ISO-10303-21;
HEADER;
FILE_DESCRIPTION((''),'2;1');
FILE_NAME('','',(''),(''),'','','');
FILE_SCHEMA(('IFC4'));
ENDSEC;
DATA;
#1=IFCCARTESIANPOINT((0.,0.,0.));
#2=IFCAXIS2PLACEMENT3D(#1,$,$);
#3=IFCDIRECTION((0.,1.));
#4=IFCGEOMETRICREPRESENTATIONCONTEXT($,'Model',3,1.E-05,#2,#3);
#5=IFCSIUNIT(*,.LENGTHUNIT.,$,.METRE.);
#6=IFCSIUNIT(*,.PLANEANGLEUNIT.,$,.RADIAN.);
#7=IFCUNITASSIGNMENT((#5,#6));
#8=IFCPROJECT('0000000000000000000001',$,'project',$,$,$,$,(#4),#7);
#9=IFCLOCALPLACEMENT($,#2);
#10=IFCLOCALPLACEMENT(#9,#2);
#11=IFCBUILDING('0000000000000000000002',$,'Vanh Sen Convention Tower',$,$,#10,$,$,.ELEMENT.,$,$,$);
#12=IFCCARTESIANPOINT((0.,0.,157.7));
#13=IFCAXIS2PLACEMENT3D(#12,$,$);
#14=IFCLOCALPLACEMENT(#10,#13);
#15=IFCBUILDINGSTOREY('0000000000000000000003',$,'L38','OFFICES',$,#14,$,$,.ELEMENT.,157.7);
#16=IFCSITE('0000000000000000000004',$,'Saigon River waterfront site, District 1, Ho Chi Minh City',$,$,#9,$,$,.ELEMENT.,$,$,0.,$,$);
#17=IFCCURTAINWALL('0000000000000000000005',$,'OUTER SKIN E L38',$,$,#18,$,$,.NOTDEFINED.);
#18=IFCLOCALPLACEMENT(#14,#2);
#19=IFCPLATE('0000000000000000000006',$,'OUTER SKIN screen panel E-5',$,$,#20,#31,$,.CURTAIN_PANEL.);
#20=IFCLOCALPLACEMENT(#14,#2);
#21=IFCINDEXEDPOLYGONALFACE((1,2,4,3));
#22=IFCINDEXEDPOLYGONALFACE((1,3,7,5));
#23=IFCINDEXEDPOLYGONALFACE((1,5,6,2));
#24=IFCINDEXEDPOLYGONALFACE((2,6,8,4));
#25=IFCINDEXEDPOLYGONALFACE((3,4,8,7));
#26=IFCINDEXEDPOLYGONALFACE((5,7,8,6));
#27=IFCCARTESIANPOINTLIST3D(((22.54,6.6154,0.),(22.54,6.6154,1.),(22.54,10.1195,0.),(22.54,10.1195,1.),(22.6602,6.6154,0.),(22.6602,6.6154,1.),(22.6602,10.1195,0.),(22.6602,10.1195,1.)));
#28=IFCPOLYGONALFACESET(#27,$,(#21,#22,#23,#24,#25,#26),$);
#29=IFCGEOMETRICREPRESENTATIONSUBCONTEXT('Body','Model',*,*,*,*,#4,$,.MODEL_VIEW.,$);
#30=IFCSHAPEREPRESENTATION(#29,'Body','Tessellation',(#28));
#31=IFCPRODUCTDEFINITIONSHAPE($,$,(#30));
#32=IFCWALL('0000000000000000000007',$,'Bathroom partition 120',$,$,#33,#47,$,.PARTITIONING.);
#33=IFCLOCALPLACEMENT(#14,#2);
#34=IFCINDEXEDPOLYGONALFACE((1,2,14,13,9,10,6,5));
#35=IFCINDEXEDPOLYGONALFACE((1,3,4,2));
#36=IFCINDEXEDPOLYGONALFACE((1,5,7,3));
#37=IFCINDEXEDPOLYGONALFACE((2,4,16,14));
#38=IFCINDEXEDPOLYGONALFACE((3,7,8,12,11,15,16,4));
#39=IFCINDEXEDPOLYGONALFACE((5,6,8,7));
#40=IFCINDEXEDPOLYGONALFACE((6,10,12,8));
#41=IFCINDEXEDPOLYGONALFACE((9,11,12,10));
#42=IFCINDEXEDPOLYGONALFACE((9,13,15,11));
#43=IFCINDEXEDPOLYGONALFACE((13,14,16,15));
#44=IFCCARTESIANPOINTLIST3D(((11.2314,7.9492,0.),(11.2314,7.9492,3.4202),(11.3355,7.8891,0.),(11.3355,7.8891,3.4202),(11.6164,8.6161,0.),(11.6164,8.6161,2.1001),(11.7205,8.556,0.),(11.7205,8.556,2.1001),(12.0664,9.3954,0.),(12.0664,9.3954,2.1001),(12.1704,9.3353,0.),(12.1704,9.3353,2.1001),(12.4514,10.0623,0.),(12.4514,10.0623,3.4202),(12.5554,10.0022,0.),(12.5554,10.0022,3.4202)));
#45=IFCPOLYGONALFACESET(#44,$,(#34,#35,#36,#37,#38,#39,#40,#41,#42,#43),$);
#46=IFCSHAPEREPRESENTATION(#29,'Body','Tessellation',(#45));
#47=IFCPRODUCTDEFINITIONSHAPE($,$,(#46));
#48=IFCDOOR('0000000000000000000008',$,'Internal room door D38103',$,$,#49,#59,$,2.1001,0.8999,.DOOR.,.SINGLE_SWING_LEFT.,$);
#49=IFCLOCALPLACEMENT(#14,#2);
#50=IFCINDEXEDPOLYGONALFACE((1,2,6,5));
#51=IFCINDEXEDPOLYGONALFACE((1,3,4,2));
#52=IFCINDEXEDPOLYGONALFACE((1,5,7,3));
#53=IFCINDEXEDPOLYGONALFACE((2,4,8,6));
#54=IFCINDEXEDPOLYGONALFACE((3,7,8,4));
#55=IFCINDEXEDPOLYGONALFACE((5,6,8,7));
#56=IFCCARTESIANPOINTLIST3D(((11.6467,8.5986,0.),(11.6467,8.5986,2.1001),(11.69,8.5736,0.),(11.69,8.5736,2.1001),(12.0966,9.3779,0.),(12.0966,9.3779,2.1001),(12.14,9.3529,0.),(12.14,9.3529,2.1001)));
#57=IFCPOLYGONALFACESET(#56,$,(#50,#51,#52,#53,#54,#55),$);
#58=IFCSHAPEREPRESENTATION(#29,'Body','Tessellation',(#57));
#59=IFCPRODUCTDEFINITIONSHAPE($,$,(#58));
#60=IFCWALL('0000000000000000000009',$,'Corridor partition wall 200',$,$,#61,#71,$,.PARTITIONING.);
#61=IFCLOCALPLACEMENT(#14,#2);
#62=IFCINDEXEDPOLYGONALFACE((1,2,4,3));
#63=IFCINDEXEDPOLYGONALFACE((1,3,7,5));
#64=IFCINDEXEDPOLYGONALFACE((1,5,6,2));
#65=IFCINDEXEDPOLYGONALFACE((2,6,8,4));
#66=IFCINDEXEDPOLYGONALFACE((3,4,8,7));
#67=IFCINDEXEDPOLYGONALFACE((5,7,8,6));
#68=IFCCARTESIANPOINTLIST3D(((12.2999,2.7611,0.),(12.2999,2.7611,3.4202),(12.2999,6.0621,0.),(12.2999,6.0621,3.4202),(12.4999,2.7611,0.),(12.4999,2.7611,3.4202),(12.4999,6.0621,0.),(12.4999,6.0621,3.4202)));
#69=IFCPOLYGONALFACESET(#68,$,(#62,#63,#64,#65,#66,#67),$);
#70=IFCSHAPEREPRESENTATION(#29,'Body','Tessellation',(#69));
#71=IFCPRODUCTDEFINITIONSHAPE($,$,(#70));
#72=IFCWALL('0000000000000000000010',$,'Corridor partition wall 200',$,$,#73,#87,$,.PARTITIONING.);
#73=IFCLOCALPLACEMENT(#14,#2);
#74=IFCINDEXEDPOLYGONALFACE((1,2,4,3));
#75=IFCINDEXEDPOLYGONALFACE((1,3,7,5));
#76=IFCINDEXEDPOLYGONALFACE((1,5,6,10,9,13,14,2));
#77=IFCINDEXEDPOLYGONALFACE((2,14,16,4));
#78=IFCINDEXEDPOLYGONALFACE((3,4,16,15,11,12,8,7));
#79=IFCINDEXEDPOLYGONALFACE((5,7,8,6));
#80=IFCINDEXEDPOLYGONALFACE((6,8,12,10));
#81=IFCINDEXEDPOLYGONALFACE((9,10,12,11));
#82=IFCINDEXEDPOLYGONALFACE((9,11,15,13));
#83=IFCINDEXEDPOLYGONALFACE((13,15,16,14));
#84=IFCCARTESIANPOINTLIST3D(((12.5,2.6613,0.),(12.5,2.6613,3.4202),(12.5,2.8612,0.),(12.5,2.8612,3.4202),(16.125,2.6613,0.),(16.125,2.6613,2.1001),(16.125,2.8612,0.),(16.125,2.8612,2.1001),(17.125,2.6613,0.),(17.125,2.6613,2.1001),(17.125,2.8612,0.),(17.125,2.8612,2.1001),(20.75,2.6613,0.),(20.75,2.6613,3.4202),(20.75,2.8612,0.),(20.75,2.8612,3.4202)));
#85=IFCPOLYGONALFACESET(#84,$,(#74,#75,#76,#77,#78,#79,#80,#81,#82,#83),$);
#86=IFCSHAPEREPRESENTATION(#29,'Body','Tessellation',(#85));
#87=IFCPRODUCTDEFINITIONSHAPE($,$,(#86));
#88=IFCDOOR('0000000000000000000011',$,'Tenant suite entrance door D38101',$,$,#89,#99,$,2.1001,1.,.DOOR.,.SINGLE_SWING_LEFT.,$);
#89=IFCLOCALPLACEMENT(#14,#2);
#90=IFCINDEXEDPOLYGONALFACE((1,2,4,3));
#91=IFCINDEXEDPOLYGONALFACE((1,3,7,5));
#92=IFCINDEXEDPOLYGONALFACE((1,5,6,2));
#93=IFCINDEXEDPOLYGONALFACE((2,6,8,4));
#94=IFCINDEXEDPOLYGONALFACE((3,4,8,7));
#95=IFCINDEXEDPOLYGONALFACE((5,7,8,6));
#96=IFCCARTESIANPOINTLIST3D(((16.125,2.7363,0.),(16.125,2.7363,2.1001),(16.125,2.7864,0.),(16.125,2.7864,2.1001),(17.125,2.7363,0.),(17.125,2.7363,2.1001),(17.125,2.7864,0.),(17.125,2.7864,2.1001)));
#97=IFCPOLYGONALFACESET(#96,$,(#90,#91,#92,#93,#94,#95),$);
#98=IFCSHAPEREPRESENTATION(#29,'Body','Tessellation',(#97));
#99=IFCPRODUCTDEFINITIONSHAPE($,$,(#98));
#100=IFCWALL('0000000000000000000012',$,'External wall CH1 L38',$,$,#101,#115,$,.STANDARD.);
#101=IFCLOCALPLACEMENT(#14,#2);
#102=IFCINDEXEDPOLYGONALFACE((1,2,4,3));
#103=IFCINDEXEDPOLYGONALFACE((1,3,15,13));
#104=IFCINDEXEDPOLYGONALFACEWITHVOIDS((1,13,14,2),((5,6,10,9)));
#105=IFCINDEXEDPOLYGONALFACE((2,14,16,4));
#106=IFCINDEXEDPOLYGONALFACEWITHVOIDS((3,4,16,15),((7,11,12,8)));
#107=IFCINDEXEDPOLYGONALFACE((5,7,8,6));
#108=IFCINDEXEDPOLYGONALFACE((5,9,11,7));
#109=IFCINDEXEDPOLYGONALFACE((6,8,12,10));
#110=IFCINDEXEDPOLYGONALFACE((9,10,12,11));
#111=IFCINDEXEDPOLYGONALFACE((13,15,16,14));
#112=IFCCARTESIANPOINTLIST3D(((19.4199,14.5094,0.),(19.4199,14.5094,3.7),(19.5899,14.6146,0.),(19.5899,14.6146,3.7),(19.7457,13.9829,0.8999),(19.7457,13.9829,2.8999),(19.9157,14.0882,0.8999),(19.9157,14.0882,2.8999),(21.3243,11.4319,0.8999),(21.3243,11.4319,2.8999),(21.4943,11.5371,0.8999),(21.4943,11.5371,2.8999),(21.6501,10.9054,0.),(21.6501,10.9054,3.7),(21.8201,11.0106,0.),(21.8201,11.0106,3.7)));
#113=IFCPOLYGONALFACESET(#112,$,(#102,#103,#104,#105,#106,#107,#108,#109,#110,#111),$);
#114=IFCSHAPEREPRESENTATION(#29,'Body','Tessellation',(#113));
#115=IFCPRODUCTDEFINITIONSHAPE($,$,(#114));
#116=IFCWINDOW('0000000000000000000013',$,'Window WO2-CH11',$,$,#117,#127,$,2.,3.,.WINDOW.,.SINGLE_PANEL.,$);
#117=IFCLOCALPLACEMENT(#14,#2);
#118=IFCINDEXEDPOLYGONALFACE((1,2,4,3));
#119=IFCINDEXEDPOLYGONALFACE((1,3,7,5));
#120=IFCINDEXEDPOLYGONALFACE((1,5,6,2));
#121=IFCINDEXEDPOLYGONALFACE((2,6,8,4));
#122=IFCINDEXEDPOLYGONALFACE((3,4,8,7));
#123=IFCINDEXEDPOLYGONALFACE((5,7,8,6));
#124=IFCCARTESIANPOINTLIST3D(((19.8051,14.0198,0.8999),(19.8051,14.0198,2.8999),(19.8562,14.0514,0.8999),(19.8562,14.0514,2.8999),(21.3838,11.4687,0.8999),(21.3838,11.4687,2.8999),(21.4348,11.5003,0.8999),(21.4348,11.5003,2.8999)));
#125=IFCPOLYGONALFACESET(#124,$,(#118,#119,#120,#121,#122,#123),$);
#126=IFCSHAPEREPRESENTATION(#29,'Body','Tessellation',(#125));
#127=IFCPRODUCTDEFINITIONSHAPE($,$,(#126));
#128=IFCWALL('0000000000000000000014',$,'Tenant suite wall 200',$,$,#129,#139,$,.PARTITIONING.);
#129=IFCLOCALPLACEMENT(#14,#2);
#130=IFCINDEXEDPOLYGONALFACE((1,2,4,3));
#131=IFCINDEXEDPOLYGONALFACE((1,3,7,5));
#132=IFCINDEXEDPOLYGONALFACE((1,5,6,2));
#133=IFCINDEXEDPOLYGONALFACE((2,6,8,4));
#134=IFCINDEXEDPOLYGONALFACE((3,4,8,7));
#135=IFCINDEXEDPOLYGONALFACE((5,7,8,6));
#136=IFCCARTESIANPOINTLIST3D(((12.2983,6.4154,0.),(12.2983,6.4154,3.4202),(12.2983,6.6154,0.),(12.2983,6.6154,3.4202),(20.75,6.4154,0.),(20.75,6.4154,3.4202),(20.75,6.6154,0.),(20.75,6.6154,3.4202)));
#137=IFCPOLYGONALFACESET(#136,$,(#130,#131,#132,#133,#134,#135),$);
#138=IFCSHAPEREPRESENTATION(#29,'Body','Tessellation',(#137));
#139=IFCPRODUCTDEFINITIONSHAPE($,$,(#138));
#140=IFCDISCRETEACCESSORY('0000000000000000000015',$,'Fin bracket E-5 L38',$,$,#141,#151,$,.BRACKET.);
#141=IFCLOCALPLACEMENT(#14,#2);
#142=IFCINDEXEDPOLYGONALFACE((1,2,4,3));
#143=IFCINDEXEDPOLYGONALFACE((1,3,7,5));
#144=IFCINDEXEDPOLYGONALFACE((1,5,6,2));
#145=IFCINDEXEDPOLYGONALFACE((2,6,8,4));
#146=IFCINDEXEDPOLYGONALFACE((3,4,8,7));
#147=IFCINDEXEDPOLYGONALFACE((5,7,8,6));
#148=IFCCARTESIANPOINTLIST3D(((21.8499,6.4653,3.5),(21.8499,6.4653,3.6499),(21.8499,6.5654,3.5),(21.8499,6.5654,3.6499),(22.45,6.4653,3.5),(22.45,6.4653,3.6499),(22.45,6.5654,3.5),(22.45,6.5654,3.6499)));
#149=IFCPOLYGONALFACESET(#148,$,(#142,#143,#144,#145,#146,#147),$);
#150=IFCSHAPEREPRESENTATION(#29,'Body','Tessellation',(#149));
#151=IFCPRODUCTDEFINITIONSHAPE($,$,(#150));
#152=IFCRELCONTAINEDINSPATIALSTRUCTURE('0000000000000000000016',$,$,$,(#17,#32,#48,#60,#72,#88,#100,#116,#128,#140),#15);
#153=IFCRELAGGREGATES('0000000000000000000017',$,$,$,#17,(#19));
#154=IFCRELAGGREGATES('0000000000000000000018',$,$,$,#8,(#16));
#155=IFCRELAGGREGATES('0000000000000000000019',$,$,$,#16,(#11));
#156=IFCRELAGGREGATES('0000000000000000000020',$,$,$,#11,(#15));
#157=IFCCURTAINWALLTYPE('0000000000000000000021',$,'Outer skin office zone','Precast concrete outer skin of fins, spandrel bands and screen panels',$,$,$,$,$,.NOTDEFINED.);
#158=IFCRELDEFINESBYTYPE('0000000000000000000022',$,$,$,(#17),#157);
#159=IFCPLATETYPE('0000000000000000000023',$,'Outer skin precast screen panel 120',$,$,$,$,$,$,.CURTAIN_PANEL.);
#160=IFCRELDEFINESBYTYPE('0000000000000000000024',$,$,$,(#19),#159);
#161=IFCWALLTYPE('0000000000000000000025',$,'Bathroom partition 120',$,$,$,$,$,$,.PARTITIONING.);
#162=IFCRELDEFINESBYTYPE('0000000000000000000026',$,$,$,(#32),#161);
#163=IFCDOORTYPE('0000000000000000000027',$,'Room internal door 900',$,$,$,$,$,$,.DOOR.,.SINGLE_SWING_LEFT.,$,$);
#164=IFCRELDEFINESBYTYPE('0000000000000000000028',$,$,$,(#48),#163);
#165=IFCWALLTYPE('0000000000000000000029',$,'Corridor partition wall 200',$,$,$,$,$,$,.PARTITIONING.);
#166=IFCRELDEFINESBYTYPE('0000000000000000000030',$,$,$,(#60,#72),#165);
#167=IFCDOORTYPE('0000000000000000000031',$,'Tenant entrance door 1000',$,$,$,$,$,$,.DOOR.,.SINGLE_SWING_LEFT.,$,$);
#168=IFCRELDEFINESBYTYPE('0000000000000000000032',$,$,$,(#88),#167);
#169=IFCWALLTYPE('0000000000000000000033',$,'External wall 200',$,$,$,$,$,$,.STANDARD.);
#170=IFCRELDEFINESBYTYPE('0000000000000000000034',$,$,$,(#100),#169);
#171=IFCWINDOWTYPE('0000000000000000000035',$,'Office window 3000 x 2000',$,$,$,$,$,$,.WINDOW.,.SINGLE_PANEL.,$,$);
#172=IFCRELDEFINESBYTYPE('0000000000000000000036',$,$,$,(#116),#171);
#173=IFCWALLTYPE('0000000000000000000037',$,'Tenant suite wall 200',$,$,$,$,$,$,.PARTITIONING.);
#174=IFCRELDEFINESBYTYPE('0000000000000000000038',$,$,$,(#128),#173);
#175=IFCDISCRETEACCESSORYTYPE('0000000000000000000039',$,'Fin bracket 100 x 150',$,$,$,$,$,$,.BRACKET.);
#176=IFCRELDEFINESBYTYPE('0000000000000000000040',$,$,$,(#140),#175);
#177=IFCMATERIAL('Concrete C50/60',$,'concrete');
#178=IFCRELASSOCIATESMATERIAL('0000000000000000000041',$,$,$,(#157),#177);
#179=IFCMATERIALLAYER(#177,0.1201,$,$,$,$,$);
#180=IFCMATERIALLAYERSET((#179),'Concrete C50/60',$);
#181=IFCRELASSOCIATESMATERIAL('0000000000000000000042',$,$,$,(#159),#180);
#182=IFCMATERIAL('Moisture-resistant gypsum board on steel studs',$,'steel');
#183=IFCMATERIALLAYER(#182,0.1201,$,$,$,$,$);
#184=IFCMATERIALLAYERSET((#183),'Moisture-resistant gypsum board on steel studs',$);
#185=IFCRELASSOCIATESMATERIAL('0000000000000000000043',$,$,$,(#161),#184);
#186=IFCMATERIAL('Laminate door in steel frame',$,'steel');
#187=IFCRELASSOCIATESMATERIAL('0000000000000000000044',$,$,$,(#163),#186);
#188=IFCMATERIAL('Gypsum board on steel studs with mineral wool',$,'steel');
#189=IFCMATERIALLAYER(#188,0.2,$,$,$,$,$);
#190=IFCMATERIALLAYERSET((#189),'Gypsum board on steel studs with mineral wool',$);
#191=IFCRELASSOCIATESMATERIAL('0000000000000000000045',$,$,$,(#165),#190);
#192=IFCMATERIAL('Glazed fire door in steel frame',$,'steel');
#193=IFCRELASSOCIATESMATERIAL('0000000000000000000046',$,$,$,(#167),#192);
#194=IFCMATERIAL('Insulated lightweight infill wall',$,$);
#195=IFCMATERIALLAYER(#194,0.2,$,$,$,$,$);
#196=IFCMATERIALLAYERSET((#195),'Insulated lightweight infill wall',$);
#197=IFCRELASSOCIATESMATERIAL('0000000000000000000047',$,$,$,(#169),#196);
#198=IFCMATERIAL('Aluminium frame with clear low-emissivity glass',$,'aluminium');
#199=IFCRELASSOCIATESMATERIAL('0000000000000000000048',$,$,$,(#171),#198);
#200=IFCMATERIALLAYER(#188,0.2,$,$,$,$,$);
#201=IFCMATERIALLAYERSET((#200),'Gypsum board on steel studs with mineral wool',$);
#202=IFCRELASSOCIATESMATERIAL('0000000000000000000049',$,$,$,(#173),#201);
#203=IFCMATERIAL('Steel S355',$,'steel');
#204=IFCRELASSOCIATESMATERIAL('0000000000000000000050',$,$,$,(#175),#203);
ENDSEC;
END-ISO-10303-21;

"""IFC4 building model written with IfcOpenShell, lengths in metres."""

from ifc_helpers import new_model, si_unit, direction, frame, frame_2d, origin, origin_2d, place, context, subcontext, project, spatial, rectangle, extrude, material, layer, layer_set, type_object, element, fill, aggregate, save


model = new_model("IFC4")

# Units and contexts
model_context = context("Model", 3, precision=1e-05, world=origin(), true_north=direction((0.0, 1.0)))
body_context = subcontext(model_context, "Body", "Model", "MODEL_VIEW")
ifc_project = project(units=[si_unit("LENGTHUNIT", "METRE"), si_unit("PLANEANGLEUNIT", "RADIAN")], contexts=[model_context])

# Site, building, storey
site_placement = place(None, origin())
site = spatial("IfcSite", under=ifc_project, at=site_placement, Name="Saigon River waterfront site, District 1, Ho Chi Minh City", CompositionType="ELEMENT", RefElevation=0.0)
building_placement = place(site_placement, origin())
building = spatial("IfcBuilding", under=site, at=building_placement, Name="Vanh Sen Convention Tower", CompositionType="ELEMENT")
storey_placement = place(building_placement, frame((0.0, 0.0, 157.7)))
storey = spatial("IfcBuildingStorey", under=building, at=storey_placement, Name="L38", Description="OFFICES", CompositionType="ELEMENT", Elevation=157.7)

# Curtain wall
ifc_material_1 = material(Name="Concrete C50/60", Category="concrete")
curtain_wall_type = type_object("IfcCurtainWallType", Name="Outer skin office zone", Description="Precast concrete outer skin of fins, spandrel bands and screen panels", PredefinedType="NOTDEFINED", material=ifc_material_1)
curtain_wall_1_placement = place(storey_placement, origin())
curtain_wall_1 = element("IfcCurtainWall", 1, at=curtain_wall_1_placement, inside=storey, type_object=curtain_wall_type, Name="OUTER SKIN E L38", PredefinedType="NOTDEFINED")

# Plate
ifc_layer_1 = layer(ifc_material_1, 0.1201)
ifc_layer_set_1 = layer_set([ifc_layer_1], Name="Concrete C50/60")
plate_type = type_object("IfcPlateType", Name="Outer skin precast screen panel 120", PredefinedType="CURTAIN_PANEL", material=ifc_layer_set_1)
plate_1_placement = place(storey_placement, frame((22.6001, 8.3674, 0.0), z_axis=(0.0, 0.0, 1.0), x_axis=(0.0, 1.0, 0.0)))
plate_1 = element("IfcPlate", 2, at=plate_1_placement, type_object=plate_type, Name="OUTER SKIN screen panel E-5", PredefinedType="CURTAIN_PANEL", context=body_context, shape_type="SweptSolid", body=[
    extrude(rectangle(XDim=3.5042, YDim=0.1201, at=origin_2d()), origin(), (0.0, 0.0, 1.0), 1.0),
])
aggregate(curtain_wall_1, [plate_1])

# Wall, opening, door
ifc_material_2 = material(Name="Moisture-resistant gypsum board on steel studs", Category="steel")
ifc_layer_2 = layer(ifc_material_2, 0.1201)
ifc_layer_set_2 = layer_set([ifc_layer_2], Name="Moisture-resistant gypsum board on steel studs")
wall_type_1 = type_object("IfcWallType", Name="Bathroom partition 120", PredefinedType="PARTITIONING", material=ifc_layer_set_2)
wall_1_placement = place(storey_placement, frame((12.5034, 10.0322, 0.0), z_axis=(0.0, 0.0, 1.0), x_axis=(-0.500003, -0.866024, 0.0)))
wall_1 = element("IfcWall", 3, at=wall_1_placement, inside=storey, type_object=wall_type_1, Name="Bathroom partition 120", PredefinedType="PARTITIONING", context=body_context, shape_type="SweptSolid", body=[
    extrude(rectangle(XDim=2.4399, YDim=0.1201, at=frame_2d((1.22, 0.0))), origin(), (0.0, 0.0, 1.0), 3.4202),
])
opening_1_placement = place(wall_1_placement, frame((0.77, 0.0, 0.0)))
opening_1 = element("IfcOpeningElement", 4, at=opening_1_placement, cuts=wall_1, PredefinedType="OPENING", context=body_context, shape_type="SweptSolid", body=[
    extrude(rectangle(XDim=0.8999, YDim=2.1001, at=frame_2d((0.45, 1.05))), frame((0.0, 0.0701, 0.0), z_axis=(0.0, -1.0, 0.0), x_axis=(1.0, 0.0, 0.0)), (0.0, 0.0, 1.0), 0.1401),
])
ifc_material_3 = material(Name="Laminate door in steel frame", Category="steel")
door_type_1 = type_object("IfcDoorType", Name="Room internal door 900", OperationType="SINGLE_SWING_LEFT", PredefinedType="DOOR", material=ifc_material_3)
door_1_placement = place(opening_1_placement, origin())
door_1 = element("IfcDoor", 5, at=door_1_placement, inside=storey, type_object=door_type_1, Name="Internal room door D38103", OperationType="SINGLE_SWING_LEFT", OverallHeight=2.1001, OverallWidth=0.8999, PredefinedType="DOOR", context=body_context, shape_type="SweptSolid", body=[
    extrude(rectangle(XDim=0.8999, YDim=2.1001, at=frame_2d((0.45, 1.05))), frame((0.0, 0.0249, 0.0), z_axis=(0.0, -1.0, 0.0), x_axis=(1.0, 0.0, 0.0)), (0.0, 0.0, 1.0), 0.05),
])
fill(opening_1, door_1)

# Wall
ifc_material_4 = material(Name="Gypsum board on steel studs with mineral wool", Category="steel")
ifc_layer_3 = layer(ifc_material_4, 0.2)
ifc_layer_set_3 = layer_set([ifc_layer_3], Name="Gypsum board on steel studs with mineral wool")
wall_type_2 = type_object("IfcWallType", Name="Corridor partition wall 200", PredefinedType="PARTITIONING", material=ifc_layer_set_3)
wall_2_placement = place(storey_placement, frame((12.3999, 2.7612, 0.0), z_axis=(0.0, 0.0, 1.0), x_axis=(0.0, 1.0, 0.0)))
element("IfcWall", 6, at=wall_2_placement, inside=storey, type_object=wall_type_2, Name="Corridor partition wall 200", PredefinedType="PARTITIONING", context=body_context, shape_type="SweptSolid", body=[
    extrude(rectangle(XDim=3.301, YDim=0.2, at=frame_2d((1.6504, 0.0))), origin(), (0.0, 0.0, 1.0), 3.4202),
])

# Wall, opening, door
wall_3_placement = place(storey_placement, frame((20.75, 2.7612, 0.0), z_axis=(0.0, 0.0, 1.0), x_axis=(-1.0, 0.0, 0.0)))
wall_3 = element("IfcWall", 7, at=wall_3_placement, inside=storey, type_object=wall_type_2, Name="Corridor partition wall 200", PredefinedType="PARTITIONING", context=body_context, shape_type="SweptSolid", body=[
    extrude(rectangle(XDim=8.25, YDim=0.2, at=frame_2d((4.125, 0.0))), origin(), (0.0, 0.0, 1.0), 3.4202),
])
opening_2_placement = place(wall_3_placement, frame((3.625, 0.0, 0.0)))
opening_2 = element("IfcOpeningElement", 8, at=opening_2_placement, cuts=wall_3, PredefinedType="OPENING", context=body_context, shape_type="SweptSolid", body=[
    extrude(rectangle(XDim=1.0, YDim=2.1001, at=frame_2d((0.5, 1.05))), frame((0.0, 0.1099, 0.0), z_axis=(0.0, -1.0, 0.0), x_axis=(1.0, 0.0, 0.0)), (0.0, 0.0, 1.0), 0.22),
])
ifc_material_5 = material(Name="Glazed fire door in steel frame", Category="steel")
door_type_2 = type_object("IfcDoorType", Name="Tenant entrance door 1000", OperationType="SINGLE_SWING_LEFT", PredefinedType="DOOR", material=ifc_material_5)
door_2_placement = place(opening_2_placement, origin())
door_2 = element("IfcDoor", 9, at=door_2_placement, inside=storey, type_object=door_type_2, Name="Tenant suite entrance door D38101", OperationType="SINGLE_SWING_LEFT", OverallHeight=2.1001, OverallWidth=1.0, PredefinedType="DOOR", context=body_context, shape_type="SweptSolid", body=[
    extrude(rectangle(XDim=1.0, YDim=2.1001, at=frame_2d((0.5, 1.05))), frame((0.0, 0.0249, 0.0), z_axis=(0.0, -1.0, 0.0), x_axis=(1.0, 0.0, 0.0)), (0.0, 0.0, 1.0), 0.05),
])
fill(opening_2, door_2)

# Wall, opening, window
ifc_material_6 = material(Name="Insulated lightweight infill wall")
ifc_layer_4 = layer(ifc_material_6, 0.2)
ifc_layer_set_4 = layer_set([ifc_layer_4], Name="Insulated lightweight infill wall")
wall_type_3 = type_object("IfcWallType", Name="External wall 200", PredefinedType="STANDARD", material=ifc_layer_set_4)
wall_4_placement = place(storey_placement, frame((21.7351, 10.958, 0.0), z_axis=(0.0, 0.0, 1.0), x_axis=(-0.526214, 0.850352, 0.0)))
wall_4 = element("IfcWall", 10, at=wall_4_placement, inside=storey, type_object=wall_type_3, Name="External wall CH1 L38", PredefinedType="STANDARD", context=body_context, shape_type="SweptSolid", body=[
    extrude(rectangle(XDim=4.2383, YDim=0.2, at=frame_2d((2.1191, 0.0))), origin(), (0.0, 0.0, 1.0), 3.7),
])
opening_3_placement = place(wall_4_placement, frame((0.6191, 0.0, 0.8999)))
opening_3 = element("IfcOpeningElement", 11, at=opening_3_placement, cuts=wall_4, PredefinedType="OPENING", context=body_context, shape_type="SweptSolid", body=[
    extrude(rectangle(XDim=3.0, YDim=2.0, at=frame_2d((1.5, 1.0))), frame((0.0, 0.1099, 0.0), z_axis=(0.0, -1.0, 0.0), x_axis=(1.0, 0.0, 0.0)), (0.0, 0.0, 1.0), 0.22),
])
ifc_material_7 = material(Name="Aluminium frame with clear low-emissivity glass", Category="aluminium")
window_type = type_object("IfcWindowType", Name="Office window 3000 x 2000", PartitioningType="SINGLE_PANEL", PredefinedType="WINDOW", material=ifc_material_7)
window_placement = place(opening_3_placement, origin())
window = element("IfcWindow", 12, at=window_placement, inside=storey, type_object=window_type, Name="Window WO2-CH11", OverallHeight=2.0, OverallWidth=3.0, PartitioningType="SINGLE_PANEL", PredefinedType="WINDOW", context=body_context, shape_type="SweptSolid", body=[
    extrude(rectangle(XDim=3.0, YDim=2.0, at=frame_2d((1.5, 1.0))), frame((0.0, 0.03, 0.0), z_axis=(0.0, -1.0, 0.0), x_axis=(1.0, 0.0, 0.0)), (0.0, 0.0, 1.0), 0.0601),
])
fill(opening_3, window)

# Wall
ifc_layer_5 = layer(ifc_material_4, 0.2)
ifc_layer_set_5 = layer_set([ifc_layer_5], Name="Gypsum board on steel studs with mineral wool")
wall_type_4 = type_object("IfcWallType", Name="Tenant suite wall 200", PredefinedType="PARTITIONING", material=ifc_layer_set_5)
wall_5_placement = place(storey_placement, frame((20.75, 6.5154, 0.0), z_axis=(0.0, 0.0, 1.0), x_axis=(-1.0, 0.0, 0.0)))
element("IfcWall", 13, at=wall_5_placement, inside=storey, type_object=wall_type_4, Name="Tenant suite wall 200", PredefinedType="PARTITIONING", context=body_context, shape_type="SweptSolid", body=[
    extrude(rectangle(XDim=8.4517, YDim=0.2, at=frame_2d((4.2258, 0.0))), origin(), (0.0, 0.0, 1.0), 3.4202),
])

# Discrete accessory
ifc_material_8 = material(Name="Steel S355", Category="steel")
discrete_accessory_type = type_object("IfcDiscreteAccessoryType", Name="Fin bracket 100 x 150", PredefinedType="BRACKET", material=ifc_material_8)
discrete_accessory_placement = place(storey_placement, frame((22.1499, 6.5154, 3.5), z_axis=(0.0, 0.0, 1.0), x_axis=(1.0, 0.0, 0.0)))
element("IfcDiscreteAccessory", 14, at=discrete_accessory_placement, inside=storey, type_object=discrete_accessory_type, Name="Fin bracket E-5 L38", PredefinedType="BRACKET", context=body_context, shape_type="SweptSolid", body=[
    extrude(rectangle(XDim=0.6001, YDim=0.1001, at=origin_2d()), origin(), (0.0, 0.0, 1.0), 0.1499),
])

save(model, "model.ifc")
